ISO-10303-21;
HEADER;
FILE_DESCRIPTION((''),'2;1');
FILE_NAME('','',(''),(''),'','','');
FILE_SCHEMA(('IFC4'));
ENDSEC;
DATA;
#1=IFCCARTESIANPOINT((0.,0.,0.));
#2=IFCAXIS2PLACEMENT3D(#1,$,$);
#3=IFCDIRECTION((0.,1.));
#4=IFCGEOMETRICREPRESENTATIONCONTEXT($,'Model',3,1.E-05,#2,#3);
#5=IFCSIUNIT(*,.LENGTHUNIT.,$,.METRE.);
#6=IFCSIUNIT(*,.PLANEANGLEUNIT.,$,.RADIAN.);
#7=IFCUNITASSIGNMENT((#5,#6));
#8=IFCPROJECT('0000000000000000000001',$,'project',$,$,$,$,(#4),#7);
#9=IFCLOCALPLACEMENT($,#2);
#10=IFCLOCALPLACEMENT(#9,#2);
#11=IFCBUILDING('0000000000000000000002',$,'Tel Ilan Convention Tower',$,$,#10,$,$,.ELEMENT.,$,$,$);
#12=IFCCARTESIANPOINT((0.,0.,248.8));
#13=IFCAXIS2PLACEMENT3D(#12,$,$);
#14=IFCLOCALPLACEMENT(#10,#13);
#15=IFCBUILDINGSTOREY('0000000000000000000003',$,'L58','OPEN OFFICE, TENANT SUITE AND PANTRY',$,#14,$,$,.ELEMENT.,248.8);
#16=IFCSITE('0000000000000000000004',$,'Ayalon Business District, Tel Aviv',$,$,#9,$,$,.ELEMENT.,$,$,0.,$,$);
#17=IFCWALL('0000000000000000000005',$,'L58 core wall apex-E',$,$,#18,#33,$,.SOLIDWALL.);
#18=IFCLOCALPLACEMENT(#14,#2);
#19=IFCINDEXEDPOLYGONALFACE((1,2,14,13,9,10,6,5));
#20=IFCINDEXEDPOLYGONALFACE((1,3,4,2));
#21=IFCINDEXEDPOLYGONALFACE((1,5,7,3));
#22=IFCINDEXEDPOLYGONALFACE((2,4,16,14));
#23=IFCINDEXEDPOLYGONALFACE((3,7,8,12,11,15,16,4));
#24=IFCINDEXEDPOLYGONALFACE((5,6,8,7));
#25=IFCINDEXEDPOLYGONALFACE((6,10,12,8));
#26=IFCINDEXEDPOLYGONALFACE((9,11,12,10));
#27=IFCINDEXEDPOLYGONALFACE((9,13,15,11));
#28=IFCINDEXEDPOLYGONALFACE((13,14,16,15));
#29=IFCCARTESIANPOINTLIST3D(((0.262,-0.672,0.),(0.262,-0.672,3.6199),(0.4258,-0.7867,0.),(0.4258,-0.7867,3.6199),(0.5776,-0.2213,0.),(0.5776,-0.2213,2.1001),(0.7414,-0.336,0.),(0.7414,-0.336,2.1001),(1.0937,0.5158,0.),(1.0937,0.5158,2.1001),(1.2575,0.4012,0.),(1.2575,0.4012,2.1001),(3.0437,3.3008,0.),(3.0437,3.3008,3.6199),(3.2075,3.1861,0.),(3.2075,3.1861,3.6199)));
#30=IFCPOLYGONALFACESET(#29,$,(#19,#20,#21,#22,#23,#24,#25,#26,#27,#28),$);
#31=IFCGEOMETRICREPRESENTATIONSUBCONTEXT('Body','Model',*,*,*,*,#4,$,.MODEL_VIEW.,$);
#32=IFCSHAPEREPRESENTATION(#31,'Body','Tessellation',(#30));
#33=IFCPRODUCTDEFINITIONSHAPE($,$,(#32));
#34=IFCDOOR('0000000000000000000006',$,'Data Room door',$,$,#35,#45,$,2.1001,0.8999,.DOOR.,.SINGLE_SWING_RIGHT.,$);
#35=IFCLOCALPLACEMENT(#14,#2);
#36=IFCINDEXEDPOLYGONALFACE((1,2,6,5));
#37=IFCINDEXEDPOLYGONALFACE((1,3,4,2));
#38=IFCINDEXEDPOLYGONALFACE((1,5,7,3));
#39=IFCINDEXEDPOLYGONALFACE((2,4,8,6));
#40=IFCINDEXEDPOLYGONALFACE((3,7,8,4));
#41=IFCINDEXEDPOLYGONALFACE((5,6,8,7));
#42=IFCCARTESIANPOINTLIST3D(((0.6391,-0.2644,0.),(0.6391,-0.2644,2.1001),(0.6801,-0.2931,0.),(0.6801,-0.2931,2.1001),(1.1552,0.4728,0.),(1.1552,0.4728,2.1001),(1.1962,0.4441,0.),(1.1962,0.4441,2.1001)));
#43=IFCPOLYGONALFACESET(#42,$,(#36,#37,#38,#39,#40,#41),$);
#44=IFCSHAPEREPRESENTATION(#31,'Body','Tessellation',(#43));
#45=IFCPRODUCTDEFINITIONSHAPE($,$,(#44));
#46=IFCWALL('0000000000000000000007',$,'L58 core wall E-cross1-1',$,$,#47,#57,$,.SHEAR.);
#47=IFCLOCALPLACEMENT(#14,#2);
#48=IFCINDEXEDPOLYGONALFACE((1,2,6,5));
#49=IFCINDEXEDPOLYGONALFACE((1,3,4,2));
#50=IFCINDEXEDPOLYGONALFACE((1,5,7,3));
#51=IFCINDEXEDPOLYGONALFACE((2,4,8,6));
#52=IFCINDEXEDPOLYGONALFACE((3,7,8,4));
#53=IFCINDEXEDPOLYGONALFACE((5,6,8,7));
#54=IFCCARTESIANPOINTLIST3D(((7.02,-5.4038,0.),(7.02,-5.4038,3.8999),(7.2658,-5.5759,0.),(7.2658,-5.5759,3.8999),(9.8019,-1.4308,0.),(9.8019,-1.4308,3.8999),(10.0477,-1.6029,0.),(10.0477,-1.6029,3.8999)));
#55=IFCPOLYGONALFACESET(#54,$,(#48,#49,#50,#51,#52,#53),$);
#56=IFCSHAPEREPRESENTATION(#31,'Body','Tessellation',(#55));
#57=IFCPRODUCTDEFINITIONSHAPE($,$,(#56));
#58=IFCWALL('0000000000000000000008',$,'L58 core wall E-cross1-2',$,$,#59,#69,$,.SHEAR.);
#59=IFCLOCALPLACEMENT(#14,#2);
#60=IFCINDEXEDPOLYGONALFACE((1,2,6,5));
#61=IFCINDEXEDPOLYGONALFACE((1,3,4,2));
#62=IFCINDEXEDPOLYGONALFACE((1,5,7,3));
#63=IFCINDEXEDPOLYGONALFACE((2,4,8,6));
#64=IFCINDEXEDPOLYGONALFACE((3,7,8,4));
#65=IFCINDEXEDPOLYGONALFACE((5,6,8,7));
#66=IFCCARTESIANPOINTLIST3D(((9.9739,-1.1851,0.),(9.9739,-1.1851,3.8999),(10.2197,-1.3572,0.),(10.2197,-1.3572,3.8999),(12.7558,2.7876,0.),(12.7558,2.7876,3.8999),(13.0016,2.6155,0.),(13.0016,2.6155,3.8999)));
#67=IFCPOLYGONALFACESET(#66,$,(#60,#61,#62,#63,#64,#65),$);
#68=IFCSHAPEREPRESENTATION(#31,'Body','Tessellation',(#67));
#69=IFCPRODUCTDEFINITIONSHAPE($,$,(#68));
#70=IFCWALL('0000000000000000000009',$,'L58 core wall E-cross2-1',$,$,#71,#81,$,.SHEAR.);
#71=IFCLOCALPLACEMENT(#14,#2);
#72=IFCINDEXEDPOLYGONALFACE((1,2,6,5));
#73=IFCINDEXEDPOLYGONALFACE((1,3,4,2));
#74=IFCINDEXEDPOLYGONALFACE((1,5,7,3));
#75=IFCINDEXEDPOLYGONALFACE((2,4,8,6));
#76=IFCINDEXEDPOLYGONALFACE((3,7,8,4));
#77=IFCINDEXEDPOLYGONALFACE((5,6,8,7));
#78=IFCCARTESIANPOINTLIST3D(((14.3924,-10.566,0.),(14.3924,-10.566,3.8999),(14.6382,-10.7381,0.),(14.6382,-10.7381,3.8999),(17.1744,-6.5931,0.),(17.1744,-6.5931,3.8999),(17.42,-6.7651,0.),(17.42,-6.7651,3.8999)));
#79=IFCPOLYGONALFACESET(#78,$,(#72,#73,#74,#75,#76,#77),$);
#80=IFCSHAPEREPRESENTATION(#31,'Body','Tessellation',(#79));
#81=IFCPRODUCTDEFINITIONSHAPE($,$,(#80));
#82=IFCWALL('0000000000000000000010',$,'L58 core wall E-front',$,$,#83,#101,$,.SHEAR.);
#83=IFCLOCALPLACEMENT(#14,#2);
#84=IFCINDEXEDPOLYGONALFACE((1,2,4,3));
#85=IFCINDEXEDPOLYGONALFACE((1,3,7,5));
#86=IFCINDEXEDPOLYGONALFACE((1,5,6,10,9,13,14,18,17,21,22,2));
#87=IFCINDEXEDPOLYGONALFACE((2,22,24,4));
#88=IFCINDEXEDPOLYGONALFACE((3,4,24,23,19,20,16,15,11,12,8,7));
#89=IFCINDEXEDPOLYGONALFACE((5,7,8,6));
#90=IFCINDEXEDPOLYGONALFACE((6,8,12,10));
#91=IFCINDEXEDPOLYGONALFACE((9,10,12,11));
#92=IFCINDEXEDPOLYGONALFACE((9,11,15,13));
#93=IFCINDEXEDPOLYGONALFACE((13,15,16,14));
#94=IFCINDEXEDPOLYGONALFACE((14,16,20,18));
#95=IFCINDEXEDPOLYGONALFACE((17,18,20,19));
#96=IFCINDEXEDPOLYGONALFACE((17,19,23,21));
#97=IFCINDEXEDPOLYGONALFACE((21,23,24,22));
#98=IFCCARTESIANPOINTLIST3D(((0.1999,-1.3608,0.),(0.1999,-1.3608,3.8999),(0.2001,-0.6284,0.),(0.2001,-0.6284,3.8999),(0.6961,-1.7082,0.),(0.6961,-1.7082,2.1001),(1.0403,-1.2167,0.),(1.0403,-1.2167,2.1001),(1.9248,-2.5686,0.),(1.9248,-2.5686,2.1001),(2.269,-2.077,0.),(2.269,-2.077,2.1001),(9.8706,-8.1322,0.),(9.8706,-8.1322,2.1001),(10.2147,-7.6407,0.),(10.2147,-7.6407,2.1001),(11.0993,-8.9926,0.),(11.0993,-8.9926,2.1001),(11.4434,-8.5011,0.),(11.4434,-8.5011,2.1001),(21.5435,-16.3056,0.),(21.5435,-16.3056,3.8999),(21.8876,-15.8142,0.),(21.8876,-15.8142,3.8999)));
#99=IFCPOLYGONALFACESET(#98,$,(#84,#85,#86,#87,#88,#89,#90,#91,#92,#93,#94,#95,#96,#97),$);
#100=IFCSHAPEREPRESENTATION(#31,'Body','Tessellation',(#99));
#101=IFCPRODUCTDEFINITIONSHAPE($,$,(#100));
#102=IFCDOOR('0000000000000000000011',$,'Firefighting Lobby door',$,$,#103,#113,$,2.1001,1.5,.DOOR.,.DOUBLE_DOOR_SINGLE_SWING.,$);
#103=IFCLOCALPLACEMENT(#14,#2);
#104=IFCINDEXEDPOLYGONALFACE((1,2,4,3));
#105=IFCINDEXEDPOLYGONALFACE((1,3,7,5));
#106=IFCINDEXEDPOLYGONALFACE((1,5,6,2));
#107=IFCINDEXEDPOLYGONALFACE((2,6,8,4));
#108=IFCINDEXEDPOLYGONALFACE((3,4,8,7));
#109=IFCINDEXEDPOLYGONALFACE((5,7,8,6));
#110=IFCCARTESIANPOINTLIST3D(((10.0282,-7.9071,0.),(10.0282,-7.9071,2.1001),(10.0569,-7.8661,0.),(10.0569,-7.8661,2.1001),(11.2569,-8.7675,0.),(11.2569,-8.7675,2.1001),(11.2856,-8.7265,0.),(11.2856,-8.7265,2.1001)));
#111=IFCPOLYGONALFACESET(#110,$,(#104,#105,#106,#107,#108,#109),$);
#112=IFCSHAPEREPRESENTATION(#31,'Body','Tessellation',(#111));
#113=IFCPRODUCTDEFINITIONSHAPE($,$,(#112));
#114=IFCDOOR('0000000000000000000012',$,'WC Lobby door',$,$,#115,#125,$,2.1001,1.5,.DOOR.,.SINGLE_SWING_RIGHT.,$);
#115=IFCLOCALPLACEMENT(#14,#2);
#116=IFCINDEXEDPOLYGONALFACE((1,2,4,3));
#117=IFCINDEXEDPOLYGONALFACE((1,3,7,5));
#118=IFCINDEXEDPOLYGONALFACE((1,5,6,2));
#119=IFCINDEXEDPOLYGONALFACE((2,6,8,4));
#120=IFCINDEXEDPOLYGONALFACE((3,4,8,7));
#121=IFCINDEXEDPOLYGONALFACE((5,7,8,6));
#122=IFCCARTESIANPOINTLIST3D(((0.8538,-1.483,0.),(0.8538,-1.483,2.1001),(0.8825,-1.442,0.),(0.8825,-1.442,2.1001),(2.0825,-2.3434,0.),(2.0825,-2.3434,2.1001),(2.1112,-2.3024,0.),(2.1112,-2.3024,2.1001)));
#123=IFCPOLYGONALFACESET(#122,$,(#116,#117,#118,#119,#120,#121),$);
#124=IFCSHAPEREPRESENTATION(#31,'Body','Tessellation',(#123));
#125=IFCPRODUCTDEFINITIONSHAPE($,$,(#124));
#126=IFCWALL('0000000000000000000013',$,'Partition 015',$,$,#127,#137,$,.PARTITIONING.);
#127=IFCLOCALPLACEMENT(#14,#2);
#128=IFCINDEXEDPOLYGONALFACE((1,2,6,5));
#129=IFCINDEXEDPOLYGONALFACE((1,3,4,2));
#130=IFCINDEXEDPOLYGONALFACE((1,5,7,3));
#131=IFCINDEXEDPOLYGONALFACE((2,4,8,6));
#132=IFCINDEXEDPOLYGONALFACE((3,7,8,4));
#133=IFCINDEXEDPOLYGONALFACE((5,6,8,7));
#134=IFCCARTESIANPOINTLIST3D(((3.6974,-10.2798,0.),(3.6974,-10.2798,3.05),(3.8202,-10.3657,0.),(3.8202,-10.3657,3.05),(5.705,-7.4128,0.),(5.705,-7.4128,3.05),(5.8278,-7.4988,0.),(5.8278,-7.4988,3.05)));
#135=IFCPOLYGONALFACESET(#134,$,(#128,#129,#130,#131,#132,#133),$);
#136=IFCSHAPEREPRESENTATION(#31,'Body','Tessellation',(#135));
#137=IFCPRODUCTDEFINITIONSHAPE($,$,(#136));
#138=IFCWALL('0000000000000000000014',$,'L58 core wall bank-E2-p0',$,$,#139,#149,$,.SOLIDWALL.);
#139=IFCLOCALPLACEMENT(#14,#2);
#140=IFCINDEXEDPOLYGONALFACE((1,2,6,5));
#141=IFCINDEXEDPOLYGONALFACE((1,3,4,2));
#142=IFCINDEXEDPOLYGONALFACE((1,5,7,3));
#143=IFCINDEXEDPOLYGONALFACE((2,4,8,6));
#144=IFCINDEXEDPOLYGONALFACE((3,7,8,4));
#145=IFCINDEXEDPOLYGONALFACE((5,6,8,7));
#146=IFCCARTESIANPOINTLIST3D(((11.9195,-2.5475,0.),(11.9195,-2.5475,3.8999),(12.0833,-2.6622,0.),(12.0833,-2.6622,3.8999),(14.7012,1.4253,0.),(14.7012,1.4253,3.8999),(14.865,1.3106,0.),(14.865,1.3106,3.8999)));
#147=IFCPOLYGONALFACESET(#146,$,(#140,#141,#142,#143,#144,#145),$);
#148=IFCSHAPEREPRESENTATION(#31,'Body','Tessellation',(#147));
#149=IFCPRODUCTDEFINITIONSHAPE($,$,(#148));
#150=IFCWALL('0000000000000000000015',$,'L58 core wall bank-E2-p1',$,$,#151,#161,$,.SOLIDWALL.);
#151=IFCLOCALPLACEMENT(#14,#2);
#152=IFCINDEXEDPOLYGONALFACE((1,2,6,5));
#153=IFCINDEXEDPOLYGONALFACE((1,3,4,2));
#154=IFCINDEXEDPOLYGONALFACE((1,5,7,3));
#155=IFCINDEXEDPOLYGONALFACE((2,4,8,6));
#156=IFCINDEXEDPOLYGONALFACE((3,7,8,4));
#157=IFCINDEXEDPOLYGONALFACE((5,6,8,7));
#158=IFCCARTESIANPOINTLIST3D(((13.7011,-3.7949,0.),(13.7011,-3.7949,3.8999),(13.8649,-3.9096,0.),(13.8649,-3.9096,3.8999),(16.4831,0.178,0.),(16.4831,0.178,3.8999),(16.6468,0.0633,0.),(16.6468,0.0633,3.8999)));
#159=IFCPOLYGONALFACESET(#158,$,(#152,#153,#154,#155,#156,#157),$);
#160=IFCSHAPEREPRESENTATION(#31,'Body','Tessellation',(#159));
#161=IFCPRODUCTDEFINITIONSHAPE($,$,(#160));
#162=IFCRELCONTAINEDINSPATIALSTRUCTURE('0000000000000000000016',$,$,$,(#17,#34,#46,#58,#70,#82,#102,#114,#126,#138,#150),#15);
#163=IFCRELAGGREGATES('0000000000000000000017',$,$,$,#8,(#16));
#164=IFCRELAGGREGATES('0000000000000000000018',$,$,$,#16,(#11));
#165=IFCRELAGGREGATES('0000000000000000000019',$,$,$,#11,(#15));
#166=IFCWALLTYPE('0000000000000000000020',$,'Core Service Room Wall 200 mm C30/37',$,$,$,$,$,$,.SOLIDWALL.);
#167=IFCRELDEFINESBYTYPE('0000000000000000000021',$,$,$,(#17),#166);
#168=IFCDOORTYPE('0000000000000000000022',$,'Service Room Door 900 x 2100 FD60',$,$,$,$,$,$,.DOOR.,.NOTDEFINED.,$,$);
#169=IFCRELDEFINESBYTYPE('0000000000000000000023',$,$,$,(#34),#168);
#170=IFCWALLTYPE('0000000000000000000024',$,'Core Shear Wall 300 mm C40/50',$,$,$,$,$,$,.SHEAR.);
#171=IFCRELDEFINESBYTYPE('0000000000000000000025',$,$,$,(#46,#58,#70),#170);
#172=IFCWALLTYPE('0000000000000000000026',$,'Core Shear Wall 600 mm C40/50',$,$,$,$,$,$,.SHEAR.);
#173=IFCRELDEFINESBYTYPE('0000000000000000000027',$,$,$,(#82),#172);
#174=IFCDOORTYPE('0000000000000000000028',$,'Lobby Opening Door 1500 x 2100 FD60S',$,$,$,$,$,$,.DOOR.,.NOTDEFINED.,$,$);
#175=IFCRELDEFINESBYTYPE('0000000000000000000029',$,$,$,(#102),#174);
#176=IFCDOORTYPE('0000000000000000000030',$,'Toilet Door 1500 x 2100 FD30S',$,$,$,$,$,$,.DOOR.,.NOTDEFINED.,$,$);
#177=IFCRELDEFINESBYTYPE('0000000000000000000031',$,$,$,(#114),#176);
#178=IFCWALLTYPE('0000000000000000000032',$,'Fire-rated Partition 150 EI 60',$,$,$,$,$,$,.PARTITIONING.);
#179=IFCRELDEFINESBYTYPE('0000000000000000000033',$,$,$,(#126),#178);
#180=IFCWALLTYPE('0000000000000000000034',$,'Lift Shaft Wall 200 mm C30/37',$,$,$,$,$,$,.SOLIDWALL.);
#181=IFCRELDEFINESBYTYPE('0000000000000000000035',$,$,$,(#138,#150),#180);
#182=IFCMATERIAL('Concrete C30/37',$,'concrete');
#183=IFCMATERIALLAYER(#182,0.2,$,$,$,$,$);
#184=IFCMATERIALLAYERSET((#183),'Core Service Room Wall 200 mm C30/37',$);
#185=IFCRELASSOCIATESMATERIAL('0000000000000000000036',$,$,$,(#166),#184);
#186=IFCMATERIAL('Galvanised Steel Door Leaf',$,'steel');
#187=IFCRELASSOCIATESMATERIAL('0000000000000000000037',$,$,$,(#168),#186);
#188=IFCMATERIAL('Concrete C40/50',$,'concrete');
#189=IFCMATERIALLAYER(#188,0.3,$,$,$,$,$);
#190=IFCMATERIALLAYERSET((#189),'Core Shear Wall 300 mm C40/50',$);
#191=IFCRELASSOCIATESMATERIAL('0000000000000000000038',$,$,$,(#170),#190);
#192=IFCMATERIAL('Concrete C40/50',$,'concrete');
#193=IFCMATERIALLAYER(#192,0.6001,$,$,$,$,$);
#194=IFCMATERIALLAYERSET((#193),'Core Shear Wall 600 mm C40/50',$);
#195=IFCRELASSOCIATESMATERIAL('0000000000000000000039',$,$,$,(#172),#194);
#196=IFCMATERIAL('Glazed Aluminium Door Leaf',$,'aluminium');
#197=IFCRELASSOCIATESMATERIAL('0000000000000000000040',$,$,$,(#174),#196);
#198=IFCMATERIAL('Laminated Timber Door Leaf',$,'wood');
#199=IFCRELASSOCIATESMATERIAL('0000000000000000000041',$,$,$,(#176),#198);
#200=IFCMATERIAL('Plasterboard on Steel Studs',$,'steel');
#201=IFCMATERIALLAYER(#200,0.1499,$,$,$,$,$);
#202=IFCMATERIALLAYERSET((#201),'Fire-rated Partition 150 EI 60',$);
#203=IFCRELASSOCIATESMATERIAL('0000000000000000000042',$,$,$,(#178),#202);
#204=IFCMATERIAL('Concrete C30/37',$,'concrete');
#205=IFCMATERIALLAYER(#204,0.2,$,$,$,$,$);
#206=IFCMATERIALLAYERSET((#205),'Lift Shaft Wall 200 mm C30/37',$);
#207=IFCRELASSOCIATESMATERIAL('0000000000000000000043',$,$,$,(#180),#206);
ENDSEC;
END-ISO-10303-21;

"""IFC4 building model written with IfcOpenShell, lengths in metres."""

from ifc_helpers import new_model, si_unit, direction, frame, frame_2d, origin, place, context, subcontext, project, spatial, polyline, rectangle, outline, extrude, material, layer, layer_set, type_object, element, fill, save


model = new_model("IFC4")

# Units and contexts
model_context = context("Model", 3, precision=1e-05, world=origin(), true_north=direction((0.0, 1.0)))
body_context = subcontext(model_context, "Body", "Model", "MODEL_VIEW")
ifc_project = project(units=[si_unit("LENGTHUNIT", "METRE"), si_unit("PLANEANGLEUNIT", "RADIAN")], contexts=[model_context])

# Site, building, storey
site_placement = place(None, origin())
site = spatial("IfcSite", under=ifc_project, at=site_placement, Name="Ayalon Business District, Tel Aviv", CompositionType="ELEMENT", RefElevation=0.0)
building_placement = place(site_placement, origin())
building = spatial("IfcBuilding", under=site, at=building_placement, Name="Tel Ilan Convention Tower", CompositionType="ELEMENT")
storey_placement = place(building_placement, frame((0.0, 0.0, 248.8)))
storey = spatial("IfcBuildingStorey", under=building, at=storey_placement, Name="L58", Description="OPEN OFFICE, TENANT SUITE AND PANTRY", CompositionType="ELEMENT", Elevation=248.8)

# Wall, opening, door
ifc_material_1 = material(Name="Concrete C30/37", Category="concrete")
ifc_layer_1 = layer(ifc_material_1, 0.2)
ifc_layer_set_1 = layer_set([ifc_layer_1], Name="Core Service Room Wall 200 mm C30/37")
wall_type_1 = type_object("IfcWallType", Name="Core Service Room Wall 200 mm C30/37", PredefinedType="SOLIDWALL", material=ifc_layer_set_1)
wall_1_placement = place(storey_placement, frame((0.344, -0.7292, 0.0), z_axis=(0.0, 0.0, 1.0), x_axis=(0.57356, 0.819163, 0.0)))
wall_1 = element("IfcWall", 1, at=wall_1_placement, inside=storey, type_object=wall_type_1, Name="L58 core wall apex-E", PredefinedType="SOLIDWALL", context=body_context, shape_type="SweptSolid", body=[
    extrude(rectangle(XDim=4.8499, YDim=0.2, at=frame_2d((2.4248, 0.0))), origin(), (0.0, 0.0, 1.0), 3.6199),
])
opening_1_placement = place(wall_1_placement, frame((0.55, 0.0, 0.0)))
opening_1 = element("IfcOpeningElement", 2, at=opening_1_placement, cuts=wall_1, PredefinedType="OPENING", context=body_context, shape_type="SweptSolid", body=[
    extrude(rectangle(XDim=0.8999, YDim=2.1001, at=frame_2d((0.45, 1.05))), frame((0.0, 0.1099, 0.0), z_axis=(0.0, -1.0, 0.0), x_axis=(1.0, 0.0, 0.0)), (0.0, 0.0, 1.0), 0.22),
])
ifc_material_2 = material(Name="Galvanised Steel Door Leaf", Category="steel")
door_type_1 = type_object("IfcDoorType", Name="Service Room Door 900 x 2100 FD60", OperationType="NOTDEFINED", PredefinedType="DOOR", material=ifc_material_2)
door_1_placement = place(opening_1_placement, origin())
door_1 = element("IfcDoor", 3, at=door_1_placement, inside=storey, type_object=door_type_1, Name="Data Room door", OperationType="SINGLE_SWING_RIGHT", OverallHeight=2.1001, OverallWidth=0.8999, PredefinedType="DOOR", context=body_context, shape_type="SweptSolid", body=[
    extrude(rectangle(XDim=0.8999, YDim=2.1001, at=frame_2d((0.45, 1.05))), frame((0.0, 0.0249, 0.0), z_axis=(0.0, -1.0, 0.0), x_axis=(1.0, 0.0, 0.0)), (0.0, 0.0, 1.0), 0.05),
])
fill(opening_1, door_1)

# Walls
ifc_material_3 = material(Name="Concrete C40/50", Category="concrete")
ifc_layer_2 = layer(ifc_material_3, 0.3)
ifc_layer_set_2 = layer_set([ifc_layer_2], Name="Core Shear Wall 300 mm C40/50")
wall_type_2 = type_object("IfcWallType", Name="Core Shear Wall 300 mm C40/50", PredefinedType="SHEAR", material=ifc_layer_set_2)
wall_2_placement = place(storey_placement, frame((7.1428, -5.4897, 0.0), z_axis=(0.0, 0.0, 1.0), x_axis=(0.573618, 0.819123, 0.0)))
element("IfcWall", 4, at=wall_2_placement, inside=storey, type_object=wall_type_2, Name="L58 core wall E-cross1-1", PredefinedType="SHEAR", context=body_context, shape_type="SweptSolid", body=[
    extrude(outline(polyline([(0.0, 0.1499), (0.0, -0.1501), (4.8501, -0.1499), (4.8501, 0.1501), (0.0, 0.1499)])), origin(), (0.0, 0.0, 1.0), 3.8999),
])
wall_3_placement = place(storey_placement, frame((10.0969, -1.2712, 0.0), z_axis=(0.0, 0.0, 1.0), x_axis=(0.57356, 0.819163, 0.0)))
element("IfcWall", 5, at=wall_3_placement, inside=storey, type_object=wall_type_2, Name="L58 core wall E-cross1-2", PredefinedType="SHEAR", context=body_context, shape_type="SweptSolid", body=[
    extrude(outline(polyline([(4.8499, -0.1501), (4.8499, 0.1499), (0.0, 0.1501), (0.0, -0.1499), (4.8499, -0.1501)])), origin(), (0.0, 0.0, 1.0), 3.8999),
])
wall_4_placement = place(storey_placement, frame((14.5154, -10.6521, 0.0), z_axis=(0.0, 0.0, 1.0), x_axis=(0.57356, 0.819163, 0.0)))
element("IfcWall", 6, at=wall_4_placement, inside=storey, type_object=wall_type_2, Name="L58 core wall E-cross2-1", PredefinedType="SHEAR", context=body_context, shape_type="SweptSolid", body=[
    extrude(outline(polyline([(0.0, 0.1501), (0.0, -0.1499), (4.8501, -0.1499), (4.8501, 0.1499), (0.0, 0.1501)])), origin(), (0.0, 0.0, 1.0), 3.8999),
])

# Wall, openings, doors
ifc_material_4 = material(Name="Concrete C40/50", Category="concrete")
ifc_layer_3 = layer(ifc_material_4, 0.6001)
ifc_layer_set_3 = layer_set([ifc_layer_3], Name="Core Shear Wall 600 mm C40/50")
wall_type_3 = type_object("IfcWallType", Name="Core Shear Wall 600 mm C40/50", PredefinedType="SHEAR", material=ifc_layer_set_3)
wall_5_placement = place(storey_placement, frame((0.0278, -0.874, 0.0), z_axis=(0.0, 0.0, 1.0), x_axis=(0.81915, -0.573579, 0.0)))
wall_5 = element("IfcWall", 7, at=wall_5_placement, inside=storey, type_object=wall_type_3, Name="L58 core wall E-front", PredefinedType="SHEAR", context=body_context, shape_type="SweptSolid", body=[
    extrude(outline(polyline([(26.4758, 0.3), (0.0002, 0.3), (0.4202, -0.3), (26.4758, -0.2998), (26.4758, 0.3)])), origin(), (0.0, 0.0, 1.0), 3.8999),
])
opening_2_placement = place(wall_5_placement, frame((1.0259, 0.0, 0.0)))
opening_2 = element("IfcOpeningElement", 8, at=opening_2_placement, cuts=wall_5, PredefinedType="OPENING", context=body_context, shape_type="SweptSolid", body=[
    extrude(rectangle(XDim=1.5, YDim=2.1001, at=frame_2d((0.75, 1.05))), frame((0.0, 0.3101, 0.0), z_axis=(0.0, -1.0, 0.0), x_axis=(1.0, 0.0, 0.0)), (0.0, 0.0, 1.0), 0.6201),
])
opening_3_placement = place(wall_5_placement, frame((12.2258, 0.0, 0.0)))
opening_3 = element("IfcOpeningElement", 9, at=opening_3_placement, cuts=wall_5, PredefinedType="OPENING", context=body_context, shape_type="SweptSolid", body=[
    extrude(rectangle(XDim=1.5, YDim=2.1001, at=frame_2d((0.75, 1.05))), frame((0.0, 0.3101, 0.0), z_axis=(0.0, -1.0, 0.0), x_axis=(1.0, 0.0, 0.0)), (0.0, 0.0, 1.0), 0.6201),
])
ifc_material_5 = material(Name="Glazed Aluminium Door Leaf", Category="aluminium")
door_type_2 = type_object("IfcDoorType", Name="Lobby Opening Door 1500 x 2100 FD60S", OperationType="NOTDEFINED", PredefinedType="DOOR", material=ifc_material_5)
door_2_placement = place(opening_3_placement, origin())
door_2 = element("IfcDoor", 10, at=door_2_placement, inside=storey, type_object=door_type_2, Name="Firefighting Lobby door", OperationType="DOUBLE_DOOR_SINGLE_SWING", OverallHeight=2.1001, OverallWidth=1.5, PredefinedType="DOOR", context=body_context, shape_type="SweptSolid", body=[
    extrude(rectangle(XDim=1.5, YDim=2.1001, at=frame_2d((0.75, 1.05))), frame((0.0, 0.0249, 0.0), z_axis=(0.0, -1.0, 0.0), x_axis=(1.0, 0.0, 0.0)), (0.0, 0.0, 1.0), 0.05),
])
fill(opening_3, door_2)
ifc_material_6 = material(Name="Laminated Timber Door Leaf", Category="wood")
door_type_3 = type_object("IfcDoorType", Name="Toilet Door 1500 x 2100 FD30S", OperationType="NOTDEFINED", PredefinedType="DOOR", material=ifc_material_6)
door_3_placement = place(opening_2_placement, origin())
door_3 = element("IfcDoor", 11, at=door_3_placement, inside=storey, type_object=door_type_3, Name="WC Lobby door", OperationType="SINGLE_SWING_RIGHT", OverallHeight=2.1001, OverallWidth=1.5, PredefinedType="DOOR", context=body_context, shape_type="SweptSolid", body=[
    extrude(rectangle(XDim=1.5, YDim=2.1001, at=frame_2d((0.75, 1.05))), frame((0.0, 0.0249, 0.0), z_axis=(0.0, -1.0, 0.0), x_axis=(1.0, 0.0, 0.0)), (0.0, 0.0, 1.0), 0.05),
])
fill(opening_2, door_3)

# Walls
ifc_material_7 = material(Name="Plasterboard on Steel Studs", Category="steel")
ifc_layer_4 = layer(ifc_material_7, 0.1499)
ifc_layer_set_4 = layer_set([ifc_layer_4], Name="Fire-rated Partition 150 EI 60")
wall_type_4 = type_object("IfcWallType", Name="Fire-rated Partition 150 EI 60", PredefinedType="PARTITIONING", material=ifc_layer_set_4)
wall_6_placement = place(storey_placement, frame((3.7588, -10.3228, 0.0), z_axis=(0.0, 0.0, 1.0), x_axis=(0.573598, 0.819137, 0.0)))
element("IfcWall", 12, at=wall_6_placement, inside=storey, type_object=wall_type_4, Name="Partition 015", PredefinedType="PARTITIONING", context=body_context, shape_type="SweptSolid", body=[
    extrude(rectangle(XDim=3.5, YDim=0.1499, at=frame_2d((1.75, 0.0))), origin(), (0.0, 0.0, 1.0), 3.05),
])
ifc_material_8 = material(Name="Concrete C30/37", Category="concrete")
ifc_layer_5 = layer(ifc_material_8, 0.2)
ifc_layer_set_5 = layer_set([ifc_layer_5], Name="Lift Shaft Wall 200 mm C30/37")
wall_type_5 = type_object("IfcWallType", Name="Lift Shaft Wall 200 mm C30/37", PredefinedType="SOLIDWALL", material=ifc_layer_set_5)
wall_7_placement = place(storey_placement, frame((12.0015, -2.6047, 0.0), z_axis=(0.0, 0.0, 1.0), x_axis=(0.57356, 0.819163, 0.0)))
element("IfcWall", 13, at=wall_7_placement, inside=storey, type_object=wall_type_5, Name="L58 core wall bank-E2-p0", PredefinedType="SOLIDWALL", context=body_context, shape_type="SweptSolid", body=[
    extrude(rectangle(XDim=4.8499, YDim=0.2, at=frame_2d((2.4248, 0.0))), origin(), (0.0, 0.0, 1.0), 3.8999),
])
wall_8_placement = place(storey_placement, frame((13.783, -3.8523, 0.0), z_axis=(0.0, 0.0, 1.0), x_axis=(0.573594, 0.81914, 0.0)))
element("IfcWall", 14, at=wall_8_placement, inside=storey, type_object=wall_type_5, Name="L58 core wall bank-E2-p1", PredefinedType="SOLIDWALL", context=body_context, shape_type="SweptSolid", body=[
    extrude(rectangle(XDim=4.8501, YDim=0.2, at=frame_2d((2.425, 0.0))), origin(), (0.0, 0.0, 1.0), 3.8999),
])

save(model, "model.ifc")
